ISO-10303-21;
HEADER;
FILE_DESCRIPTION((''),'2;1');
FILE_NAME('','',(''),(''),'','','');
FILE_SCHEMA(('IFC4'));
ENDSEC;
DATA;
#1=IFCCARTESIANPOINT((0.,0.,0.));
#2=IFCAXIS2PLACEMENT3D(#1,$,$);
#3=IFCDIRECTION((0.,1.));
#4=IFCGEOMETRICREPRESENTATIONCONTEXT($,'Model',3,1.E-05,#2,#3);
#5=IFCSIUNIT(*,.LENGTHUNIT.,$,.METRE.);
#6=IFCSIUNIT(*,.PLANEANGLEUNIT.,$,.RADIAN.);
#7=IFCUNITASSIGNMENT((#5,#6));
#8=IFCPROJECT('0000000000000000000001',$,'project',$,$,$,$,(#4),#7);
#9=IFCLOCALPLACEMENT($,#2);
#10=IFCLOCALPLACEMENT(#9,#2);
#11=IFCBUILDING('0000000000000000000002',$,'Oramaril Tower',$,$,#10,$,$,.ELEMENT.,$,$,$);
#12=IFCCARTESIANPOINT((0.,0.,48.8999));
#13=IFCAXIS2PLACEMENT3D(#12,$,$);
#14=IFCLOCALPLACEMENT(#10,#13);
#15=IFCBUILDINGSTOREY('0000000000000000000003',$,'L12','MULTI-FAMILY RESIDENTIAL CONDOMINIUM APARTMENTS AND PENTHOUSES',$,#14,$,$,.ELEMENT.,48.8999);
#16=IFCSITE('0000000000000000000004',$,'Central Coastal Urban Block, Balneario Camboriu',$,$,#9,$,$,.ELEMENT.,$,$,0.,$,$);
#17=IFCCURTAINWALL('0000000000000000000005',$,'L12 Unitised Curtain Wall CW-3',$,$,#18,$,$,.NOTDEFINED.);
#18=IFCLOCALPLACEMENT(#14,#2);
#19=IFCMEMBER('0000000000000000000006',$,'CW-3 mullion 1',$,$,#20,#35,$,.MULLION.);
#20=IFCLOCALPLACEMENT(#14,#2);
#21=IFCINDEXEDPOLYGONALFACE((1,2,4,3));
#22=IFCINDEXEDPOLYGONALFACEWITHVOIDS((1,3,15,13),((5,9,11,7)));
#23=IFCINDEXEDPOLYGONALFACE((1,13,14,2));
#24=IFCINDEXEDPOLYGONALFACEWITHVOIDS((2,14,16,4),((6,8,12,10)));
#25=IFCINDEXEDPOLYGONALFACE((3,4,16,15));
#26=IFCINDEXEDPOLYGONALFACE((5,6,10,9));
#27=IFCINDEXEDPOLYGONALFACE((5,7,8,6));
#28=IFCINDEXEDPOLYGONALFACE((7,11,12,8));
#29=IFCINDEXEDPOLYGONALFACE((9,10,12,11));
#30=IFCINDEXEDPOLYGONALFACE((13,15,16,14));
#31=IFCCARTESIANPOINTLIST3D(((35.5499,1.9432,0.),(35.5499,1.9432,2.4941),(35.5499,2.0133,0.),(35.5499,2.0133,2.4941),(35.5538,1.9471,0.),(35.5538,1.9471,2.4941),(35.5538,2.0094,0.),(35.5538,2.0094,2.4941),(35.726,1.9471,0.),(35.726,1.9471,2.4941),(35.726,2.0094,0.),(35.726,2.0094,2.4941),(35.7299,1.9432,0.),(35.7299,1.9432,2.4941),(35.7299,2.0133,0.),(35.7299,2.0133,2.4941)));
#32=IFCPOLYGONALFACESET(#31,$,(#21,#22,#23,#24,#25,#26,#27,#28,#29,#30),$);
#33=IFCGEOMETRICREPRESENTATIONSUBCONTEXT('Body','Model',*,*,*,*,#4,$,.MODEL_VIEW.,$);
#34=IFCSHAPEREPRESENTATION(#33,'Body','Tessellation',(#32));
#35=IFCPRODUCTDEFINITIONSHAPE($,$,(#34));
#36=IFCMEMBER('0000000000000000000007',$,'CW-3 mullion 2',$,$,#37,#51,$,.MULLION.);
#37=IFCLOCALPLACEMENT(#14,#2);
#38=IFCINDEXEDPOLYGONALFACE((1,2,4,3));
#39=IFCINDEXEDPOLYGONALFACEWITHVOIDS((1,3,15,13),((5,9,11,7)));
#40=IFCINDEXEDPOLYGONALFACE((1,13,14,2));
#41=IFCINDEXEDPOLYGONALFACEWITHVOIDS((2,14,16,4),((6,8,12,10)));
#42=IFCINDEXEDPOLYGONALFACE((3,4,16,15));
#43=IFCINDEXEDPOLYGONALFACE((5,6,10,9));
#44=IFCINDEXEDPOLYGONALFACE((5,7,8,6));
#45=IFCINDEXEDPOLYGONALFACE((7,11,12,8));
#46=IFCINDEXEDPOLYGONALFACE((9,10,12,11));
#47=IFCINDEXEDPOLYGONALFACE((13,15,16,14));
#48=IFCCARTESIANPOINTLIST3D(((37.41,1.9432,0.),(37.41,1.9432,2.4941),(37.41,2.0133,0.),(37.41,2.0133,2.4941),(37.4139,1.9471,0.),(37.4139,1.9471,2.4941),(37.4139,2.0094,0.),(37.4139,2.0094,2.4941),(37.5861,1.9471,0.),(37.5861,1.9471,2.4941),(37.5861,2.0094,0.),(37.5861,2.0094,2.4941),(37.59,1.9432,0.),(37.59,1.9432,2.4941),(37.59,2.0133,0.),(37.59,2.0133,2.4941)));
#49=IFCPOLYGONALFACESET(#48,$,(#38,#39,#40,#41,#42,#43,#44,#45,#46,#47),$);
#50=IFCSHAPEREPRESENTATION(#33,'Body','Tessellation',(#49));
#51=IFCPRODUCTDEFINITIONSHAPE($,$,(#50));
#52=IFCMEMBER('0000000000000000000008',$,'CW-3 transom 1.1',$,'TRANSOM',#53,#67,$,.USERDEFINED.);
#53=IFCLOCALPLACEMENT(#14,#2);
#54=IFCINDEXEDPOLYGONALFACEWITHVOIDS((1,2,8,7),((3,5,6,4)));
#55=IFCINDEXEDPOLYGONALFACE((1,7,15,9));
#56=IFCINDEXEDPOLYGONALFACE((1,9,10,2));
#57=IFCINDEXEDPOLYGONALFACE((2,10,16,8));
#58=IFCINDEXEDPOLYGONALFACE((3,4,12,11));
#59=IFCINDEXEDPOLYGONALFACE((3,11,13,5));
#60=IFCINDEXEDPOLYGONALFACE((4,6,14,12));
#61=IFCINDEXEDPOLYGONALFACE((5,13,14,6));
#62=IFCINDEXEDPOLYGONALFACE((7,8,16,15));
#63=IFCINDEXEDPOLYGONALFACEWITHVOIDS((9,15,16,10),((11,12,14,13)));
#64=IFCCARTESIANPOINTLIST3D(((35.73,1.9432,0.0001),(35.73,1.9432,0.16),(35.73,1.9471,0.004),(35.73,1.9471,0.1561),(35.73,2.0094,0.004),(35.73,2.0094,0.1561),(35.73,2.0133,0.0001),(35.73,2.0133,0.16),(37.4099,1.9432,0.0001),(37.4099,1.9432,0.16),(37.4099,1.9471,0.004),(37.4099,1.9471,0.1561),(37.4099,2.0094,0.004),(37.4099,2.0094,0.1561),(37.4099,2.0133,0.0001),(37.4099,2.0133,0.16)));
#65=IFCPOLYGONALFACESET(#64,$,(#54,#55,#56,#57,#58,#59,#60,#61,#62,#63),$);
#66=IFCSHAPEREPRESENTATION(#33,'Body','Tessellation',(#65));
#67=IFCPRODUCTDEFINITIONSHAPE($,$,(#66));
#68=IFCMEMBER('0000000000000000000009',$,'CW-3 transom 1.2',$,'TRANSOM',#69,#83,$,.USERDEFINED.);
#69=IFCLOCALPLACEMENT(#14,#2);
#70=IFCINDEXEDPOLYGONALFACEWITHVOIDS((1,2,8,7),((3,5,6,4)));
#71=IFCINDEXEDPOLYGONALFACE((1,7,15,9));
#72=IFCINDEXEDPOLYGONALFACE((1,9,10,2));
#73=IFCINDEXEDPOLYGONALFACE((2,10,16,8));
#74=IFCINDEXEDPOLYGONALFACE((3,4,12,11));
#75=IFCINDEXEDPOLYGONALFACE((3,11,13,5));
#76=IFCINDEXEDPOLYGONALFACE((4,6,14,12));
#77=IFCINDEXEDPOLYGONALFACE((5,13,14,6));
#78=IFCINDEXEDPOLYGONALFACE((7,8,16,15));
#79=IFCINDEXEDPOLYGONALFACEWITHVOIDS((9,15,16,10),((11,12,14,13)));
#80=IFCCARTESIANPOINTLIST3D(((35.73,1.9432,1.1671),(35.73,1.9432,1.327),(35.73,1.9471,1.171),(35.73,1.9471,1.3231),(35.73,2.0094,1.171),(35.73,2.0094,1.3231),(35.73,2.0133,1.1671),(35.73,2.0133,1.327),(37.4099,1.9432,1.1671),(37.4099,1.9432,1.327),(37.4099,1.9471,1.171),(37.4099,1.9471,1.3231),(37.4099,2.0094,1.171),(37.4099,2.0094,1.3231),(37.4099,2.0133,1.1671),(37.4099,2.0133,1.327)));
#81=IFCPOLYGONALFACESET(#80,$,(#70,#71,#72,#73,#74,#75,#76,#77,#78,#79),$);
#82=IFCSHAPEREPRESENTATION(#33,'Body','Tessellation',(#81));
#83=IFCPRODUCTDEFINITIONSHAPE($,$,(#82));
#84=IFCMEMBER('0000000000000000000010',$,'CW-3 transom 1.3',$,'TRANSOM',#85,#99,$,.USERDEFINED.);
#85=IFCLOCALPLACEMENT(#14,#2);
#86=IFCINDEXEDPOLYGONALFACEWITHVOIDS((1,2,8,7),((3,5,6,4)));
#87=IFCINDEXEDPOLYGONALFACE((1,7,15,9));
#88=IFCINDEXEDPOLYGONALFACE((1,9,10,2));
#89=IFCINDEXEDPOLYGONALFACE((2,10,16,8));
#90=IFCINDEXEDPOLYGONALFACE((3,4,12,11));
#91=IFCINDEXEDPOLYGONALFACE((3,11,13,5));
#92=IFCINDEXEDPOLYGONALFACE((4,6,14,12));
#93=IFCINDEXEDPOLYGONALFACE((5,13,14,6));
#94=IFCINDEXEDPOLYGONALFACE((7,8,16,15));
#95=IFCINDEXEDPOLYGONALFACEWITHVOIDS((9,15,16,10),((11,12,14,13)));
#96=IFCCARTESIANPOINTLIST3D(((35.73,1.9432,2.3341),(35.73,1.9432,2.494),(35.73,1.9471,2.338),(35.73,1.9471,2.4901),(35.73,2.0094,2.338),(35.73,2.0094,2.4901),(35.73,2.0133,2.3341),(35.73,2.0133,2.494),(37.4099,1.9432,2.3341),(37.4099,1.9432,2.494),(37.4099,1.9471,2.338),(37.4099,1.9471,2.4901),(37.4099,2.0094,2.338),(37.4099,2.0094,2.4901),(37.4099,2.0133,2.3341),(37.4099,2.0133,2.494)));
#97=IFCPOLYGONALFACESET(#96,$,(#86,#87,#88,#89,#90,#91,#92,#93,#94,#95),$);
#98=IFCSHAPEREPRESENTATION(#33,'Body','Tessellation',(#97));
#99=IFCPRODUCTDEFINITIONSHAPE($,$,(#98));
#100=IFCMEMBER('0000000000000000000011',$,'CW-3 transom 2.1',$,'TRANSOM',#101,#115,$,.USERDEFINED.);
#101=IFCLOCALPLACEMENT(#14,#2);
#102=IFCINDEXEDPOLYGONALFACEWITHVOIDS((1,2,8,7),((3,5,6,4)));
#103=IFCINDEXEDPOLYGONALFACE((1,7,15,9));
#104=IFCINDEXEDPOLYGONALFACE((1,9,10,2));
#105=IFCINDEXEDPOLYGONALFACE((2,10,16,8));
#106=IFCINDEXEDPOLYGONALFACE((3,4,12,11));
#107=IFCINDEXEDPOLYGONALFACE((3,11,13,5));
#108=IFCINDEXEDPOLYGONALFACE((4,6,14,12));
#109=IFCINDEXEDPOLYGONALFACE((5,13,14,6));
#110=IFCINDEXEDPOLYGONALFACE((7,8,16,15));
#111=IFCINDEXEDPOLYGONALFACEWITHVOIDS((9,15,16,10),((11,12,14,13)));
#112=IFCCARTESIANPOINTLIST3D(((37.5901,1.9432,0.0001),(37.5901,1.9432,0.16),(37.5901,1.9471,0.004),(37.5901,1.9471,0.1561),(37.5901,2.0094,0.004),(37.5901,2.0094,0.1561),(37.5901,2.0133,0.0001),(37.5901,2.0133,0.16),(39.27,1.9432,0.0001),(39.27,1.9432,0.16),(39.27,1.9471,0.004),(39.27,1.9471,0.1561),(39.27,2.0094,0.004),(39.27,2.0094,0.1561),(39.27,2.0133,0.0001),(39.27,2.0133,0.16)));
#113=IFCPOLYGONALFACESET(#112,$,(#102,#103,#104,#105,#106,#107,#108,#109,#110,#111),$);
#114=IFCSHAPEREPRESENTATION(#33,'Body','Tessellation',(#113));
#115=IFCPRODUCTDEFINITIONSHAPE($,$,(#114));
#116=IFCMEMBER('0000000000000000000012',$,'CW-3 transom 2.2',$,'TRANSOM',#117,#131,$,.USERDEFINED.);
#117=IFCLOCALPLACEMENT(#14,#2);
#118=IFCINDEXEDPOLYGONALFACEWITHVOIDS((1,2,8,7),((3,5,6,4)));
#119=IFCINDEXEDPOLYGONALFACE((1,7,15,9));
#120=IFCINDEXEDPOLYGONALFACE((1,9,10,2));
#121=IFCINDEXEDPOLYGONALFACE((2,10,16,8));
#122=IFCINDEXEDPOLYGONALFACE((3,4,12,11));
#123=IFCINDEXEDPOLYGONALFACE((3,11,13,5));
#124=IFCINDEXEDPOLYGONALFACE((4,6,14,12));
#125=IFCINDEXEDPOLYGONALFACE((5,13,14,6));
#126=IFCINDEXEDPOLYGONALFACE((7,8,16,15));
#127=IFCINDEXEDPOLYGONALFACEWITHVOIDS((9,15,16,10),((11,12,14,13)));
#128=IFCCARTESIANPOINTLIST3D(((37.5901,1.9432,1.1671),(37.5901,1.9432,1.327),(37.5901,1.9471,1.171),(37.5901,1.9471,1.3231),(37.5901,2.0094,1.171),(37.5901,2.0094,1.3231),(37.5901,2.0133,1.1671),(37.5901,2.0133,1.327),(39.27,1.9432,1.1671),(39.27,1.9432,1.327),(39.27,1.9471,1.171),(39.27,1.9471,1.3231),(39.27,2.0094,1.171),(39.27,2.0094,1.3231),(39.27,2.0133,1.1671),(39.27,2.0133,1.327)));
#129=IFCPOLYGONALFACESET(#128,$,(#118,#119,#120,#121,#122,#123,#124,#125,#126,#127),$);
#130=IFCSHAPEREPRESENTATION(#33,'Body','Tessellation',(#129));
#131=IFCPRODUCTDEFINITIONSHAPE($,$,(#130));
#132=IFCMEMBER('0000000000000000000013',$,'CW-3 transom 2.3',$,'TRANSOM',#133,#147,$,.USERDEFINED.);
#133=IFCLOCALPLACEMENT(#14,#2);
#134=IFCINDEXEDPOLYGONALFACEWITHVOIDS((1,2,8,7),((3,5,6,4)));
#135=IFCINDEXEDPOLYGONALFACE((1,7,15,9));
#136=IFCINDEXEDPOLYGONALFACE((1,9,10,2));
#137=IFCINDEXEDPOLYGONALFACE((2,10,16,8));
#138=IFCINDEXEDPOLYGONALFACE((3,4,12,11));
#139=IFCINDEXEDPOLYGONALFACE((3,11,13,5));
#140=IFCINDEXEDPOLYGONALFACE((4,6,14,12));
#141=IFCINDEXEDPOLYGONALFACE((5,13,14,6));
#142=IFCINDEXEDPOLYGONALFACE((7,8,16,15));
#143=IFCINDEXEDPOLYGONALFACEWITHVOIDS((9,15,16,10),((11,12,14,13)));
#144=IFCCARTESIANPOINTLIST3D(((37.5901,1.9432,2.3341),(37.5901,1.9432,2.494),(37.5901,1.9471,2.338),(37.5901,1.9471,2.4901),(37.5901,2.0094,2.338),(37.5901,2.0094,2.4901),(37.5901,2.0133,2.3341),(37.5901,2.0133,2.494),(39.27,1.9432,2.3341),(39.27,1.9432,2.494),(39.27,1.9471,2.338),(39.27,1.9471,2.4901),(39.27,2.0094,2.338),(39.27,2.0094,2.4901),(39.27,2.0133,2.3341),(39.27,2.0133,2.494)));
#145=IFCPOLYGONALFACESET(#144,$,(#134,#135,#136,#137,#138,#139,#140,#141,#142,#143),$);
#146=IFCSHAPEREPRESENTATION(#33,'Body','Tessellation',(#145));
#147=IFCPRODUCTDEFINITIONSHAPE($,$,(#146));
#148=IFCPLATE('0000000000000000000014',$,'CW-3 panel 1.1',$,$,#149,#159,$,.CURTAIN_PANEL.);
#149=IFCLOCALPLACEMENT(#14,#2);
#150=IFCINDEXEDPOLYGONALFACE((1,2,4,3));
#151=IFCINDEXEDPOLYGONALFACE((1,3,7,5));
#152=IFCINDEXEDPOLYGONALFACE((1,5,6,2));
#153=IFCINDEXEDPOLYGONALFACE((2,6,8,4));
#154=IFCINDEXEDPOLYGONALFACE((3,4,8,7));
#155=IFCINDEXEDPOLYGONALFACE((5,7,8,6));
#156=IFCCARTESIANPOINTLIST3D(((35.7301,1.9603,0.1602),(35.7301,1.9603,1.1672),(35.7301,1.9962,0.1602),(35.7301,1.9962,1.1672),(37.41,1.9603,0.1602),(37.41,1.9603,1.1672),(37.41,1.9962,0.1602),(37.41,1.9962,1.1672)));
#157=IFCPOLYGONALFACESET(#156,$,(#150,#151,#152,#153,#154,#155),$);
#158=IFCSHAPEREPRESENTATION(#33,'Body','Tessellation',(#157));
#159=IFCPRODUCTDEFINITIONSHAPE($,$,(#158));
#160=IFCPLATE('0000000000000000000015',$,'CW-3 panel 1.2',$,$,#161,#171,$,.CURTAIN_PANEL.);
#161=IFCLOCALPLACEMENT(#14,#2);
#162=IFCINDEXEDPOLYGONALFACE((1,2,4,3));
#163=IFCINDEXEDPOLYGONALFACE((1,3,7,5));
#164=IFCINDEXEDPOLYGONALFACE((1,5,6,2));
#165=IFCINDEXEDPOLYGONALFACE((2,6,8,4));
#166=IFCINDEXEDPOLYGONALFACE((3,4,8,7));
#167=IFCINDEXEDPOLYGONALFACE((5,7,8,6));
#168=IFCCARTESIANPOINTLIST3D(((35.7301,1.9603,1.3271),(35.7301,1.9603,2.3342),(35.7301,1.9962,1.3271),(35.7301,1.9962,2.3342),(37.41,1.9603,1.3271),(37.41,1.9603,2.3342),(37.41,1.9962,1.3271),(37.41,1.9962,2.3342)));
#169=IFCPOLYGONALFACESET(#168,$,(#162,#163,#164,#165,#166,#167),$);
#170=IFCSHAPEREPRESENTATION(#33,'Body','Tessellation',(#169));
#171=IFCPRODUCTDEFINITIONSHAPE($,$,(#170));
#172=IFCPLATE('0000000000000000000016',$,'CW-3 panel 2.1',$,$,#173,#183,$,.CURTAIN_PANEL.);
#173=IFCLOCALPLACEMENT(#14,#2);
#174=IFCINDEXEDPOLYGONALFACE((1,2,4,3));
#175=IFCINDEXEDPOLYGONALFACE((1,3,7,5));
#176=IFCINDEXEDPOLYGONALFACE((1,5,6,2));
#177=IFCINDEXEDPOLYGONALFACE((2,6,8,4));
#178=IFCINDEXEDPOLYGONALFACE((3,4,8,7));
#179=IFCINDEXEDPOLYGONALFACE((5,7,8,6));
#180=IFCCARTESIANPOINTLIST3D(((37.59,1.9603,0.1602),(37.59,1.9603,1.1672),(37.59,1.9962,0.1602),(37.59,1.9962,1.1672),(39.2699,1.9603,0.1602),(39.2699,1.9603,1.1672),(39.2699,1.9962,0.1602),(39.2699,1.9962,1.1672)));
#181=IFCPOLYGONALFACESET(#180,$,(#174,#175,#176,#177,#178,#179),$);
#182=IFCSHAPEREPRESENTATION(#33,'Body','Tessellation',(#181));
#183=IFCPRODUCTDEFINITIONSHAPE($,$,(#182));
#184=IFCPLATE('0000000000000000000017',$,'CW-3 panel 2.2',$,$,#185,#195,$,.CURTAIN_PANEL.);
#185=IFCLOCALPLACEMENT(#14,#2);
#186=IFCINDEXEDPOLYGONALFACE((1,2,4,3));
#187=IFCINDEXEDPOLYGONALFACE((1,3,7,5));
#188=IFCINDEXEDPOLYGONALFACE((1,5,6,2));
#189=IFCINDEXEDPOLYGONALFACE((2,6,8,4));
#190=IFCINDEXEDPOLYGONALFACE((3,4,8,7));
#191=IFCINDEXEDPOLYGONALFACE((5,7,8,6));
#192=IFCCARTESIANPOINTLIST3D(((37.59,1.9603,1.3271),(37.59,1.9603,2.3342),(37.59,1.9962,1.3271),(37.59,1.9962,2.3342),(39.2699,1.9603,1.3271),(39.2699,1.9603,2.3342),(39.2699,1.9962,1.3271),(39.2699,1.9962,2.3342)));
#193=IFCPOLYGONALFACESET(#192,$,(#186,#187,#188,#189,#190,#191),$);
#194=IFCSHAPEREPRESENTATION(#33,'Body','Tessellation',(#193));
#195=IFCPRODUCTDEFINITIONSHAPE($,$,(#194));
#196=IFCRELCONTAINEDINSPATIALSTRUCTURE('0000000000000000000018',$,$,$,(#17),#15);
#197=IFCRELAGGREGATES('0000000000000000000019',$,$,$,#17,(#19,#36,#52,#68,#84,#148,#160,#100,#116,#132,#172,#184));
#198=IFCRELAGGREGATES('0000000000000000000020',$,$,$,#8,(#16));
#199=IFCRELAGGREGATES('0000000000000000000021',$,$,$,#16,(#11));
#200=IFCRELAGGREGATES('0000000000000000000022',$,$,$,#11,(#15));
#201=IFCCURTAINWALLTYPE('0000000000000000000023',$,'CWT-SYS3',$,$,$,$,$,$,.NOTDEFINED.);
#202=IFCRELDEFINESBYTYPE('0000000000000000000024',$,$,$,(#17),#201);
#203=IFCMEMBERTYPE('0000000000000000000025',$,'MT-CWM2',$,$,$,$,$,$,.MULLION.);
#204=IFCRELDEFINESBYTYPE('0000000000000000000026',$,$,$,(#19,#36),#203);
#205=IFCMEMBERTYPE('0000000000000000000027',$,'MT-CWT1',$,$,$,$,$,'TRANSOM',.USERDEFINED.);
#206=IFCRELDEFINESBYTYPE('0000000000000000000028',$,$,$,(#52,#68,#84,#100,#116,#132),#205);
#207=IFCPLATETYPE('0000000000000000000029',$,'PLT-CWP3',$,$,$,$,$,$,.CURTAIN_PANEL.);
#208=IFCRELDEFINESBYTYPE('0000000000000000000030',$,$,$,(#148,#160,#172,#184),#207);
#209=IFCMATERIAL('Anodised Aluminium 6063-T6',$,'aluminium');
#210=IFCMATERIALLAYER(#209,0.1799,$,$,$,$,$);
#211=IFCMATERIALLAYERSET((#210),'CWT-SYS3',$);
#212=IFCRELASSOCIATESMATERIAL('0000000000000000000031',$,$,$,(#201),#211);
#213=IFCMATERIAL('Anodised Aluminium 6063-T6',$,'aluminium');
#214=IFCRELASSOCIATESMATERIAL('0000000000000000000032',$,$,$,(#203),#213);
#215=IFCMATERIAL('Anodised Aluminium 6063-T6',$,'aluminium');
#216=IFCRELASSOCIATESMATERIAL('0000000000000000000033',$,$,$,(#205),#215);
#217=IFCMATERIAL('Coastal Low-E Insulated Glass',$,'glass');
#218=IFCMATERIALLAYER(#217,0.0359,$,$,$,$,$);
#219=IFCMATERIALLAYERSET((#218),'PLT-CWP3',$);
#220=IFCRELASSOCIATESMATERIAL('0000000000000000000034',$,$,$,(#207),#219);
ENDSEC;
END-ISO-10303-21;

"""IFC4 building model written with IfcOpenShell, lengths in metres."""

from ifc_helpers import new_model, si_unit, direction, frame, origin, origin_2d, place, context, subcontext, project, spatial, rectangle, hollow_rectangle, extrude, material, layer, layer_set, material_profile, profile_set, type_object, element, aggregate, save


model = new_model("IFC4")

# Units and contexts
model_context = context("Model", 3, precision=1e-05, world=origin(), true_north=direction((0.0, 1.0)))
body_context = subcontext(model_context, "Body", "Model", "MODEL_VIEW")
ifc_project = project(units=[si_unit("LENGTHUNIT", "METRE"), si_unit("PLANEANGLEUNIT", "RADIAN")], contexts=[model_context])

# Site, building, storey
site_placement = place(None, origin())
site = spatial("IfcSite", under=ifc_project, at=site_placement, Name="Central Coastal Urban Block, Balneario Camboriu", CompositionType="ELEMENT", RefElevation=0.0)
building_placement = place(site_placement, origin())
building = spatial("IfcBuilding", under=site, at=building_placement, Name="Oramaril Tower", CompositionType="ELEMENT")
storey_placement = place(building_placement, frame((0.0, 0.0, 48.8999)))
storey = spatial("IfcBuildingStorey", under=building, at=storey_placement, Name="L12", Description="MULTI-FAMILY RESIDENTIAL CONDOMINIUM APARTMENTS AND PENTHOUSES", CompositionType="ELEMENT", Elevation=48.8999)

# Curtain wall, members, plates
ifc_material_1 = material(Name="Anodised Aluminium 6063-T6", Category="aluminium")
ifc_layer_1 = layer(ifc_material_1, 0.1799)
ifc_layer_set_1 = layer_set([ifc_layer_1], Name="CWT-SYS3")
curtain_wall_type = type_object("IfcCurtainWallType", Name="CWT-SYS3", PredefinedType="NOTDEFINED", material=ifc_layer_set_1)
curtain_wall_placement = place(storey_placement, origin())
curtain_wall = element("IfcCurtainWall", 1, at=curtain_wall_placement, inside=storey, type_object=curtain_wall_type, Name="L12 Unitised Curtain Wall CW-3", PredefinedType="NOTDEFINED")
ifc_material_2 = material(Name="Anodised Aluminium 6063-T6", Category="aluminium")
ifc_material_profile_1 = material_profile(ifc_material_2, hollow_rectangle(XDim=0.0701, YDim=0.1799, WallThickness=0.0039, at=origin_2d()), Name="CWM180X70")
ifc_profile_set_1 = profile_set([ifc_material_profile_1], Name="Anodised Aluminium 6063-T6")
member_type_1 = type_object("IfcMemberType", Name="MT-CWM2", PredefinedType="MULLION", material=ifc_profile_set_1)
member_1_placement = place(storey_placement, frame((35.6399, 1.9783, 0.0), z_axis=(0.0, 0.0, 1.0), x_axis=(0.0, 1.0, 0.0)))
member_1 = element("IfcMember", 2, at=member_1_placement, type_object=member_type_1, Name="CW-3 mullion 1", PredefinedType="MULLION", context=body_context, shape_type="SweptSolid", body=[
    extrude(hollow_rectangle(XDim=0.0701, YDim=0.1799, WallThickness=0.0039, at=origin_2d()), origin(), (0.0, 0.0, 1.0), 2.4941),
])
member_2_placement = place(storey_placement, frame((37.5, 1.9783, 0.0), z_axis=(0.0, 0.0, 1.0), x_axis=(0.0, 1.0, 0.0)))
member_2 = element("IfcMember", 3, at=member_2_placement, type_object=member_type_1, Name="CW-3 mullion 2", PredefinedType="MULLION", context=body_context, shape_type="SweptSolid", body=[
    extrude(hollow_rectangle(XDim=0.0701, YDim=0.1799, WallThickness=0.0039, at=origin_2d()), origin(), (0.0, 0.0, 1.0), 2.4941),
])
ifc_material_3 = material(Name="Anodised Aluminium 6063-T6", Category="aluminium")
ifc_material_profile_2 = material_profile(ifc_material_3, hollow_rectangle(XDim=0.0701, YDim=0.1599, WallThickness=0.0039, at=origin_2d()), Name="CWT160X70")
ifc_profile_set_2 = profile_set([ifc_material_profile_2], Name="Anodised Aluminium 6063-T6")
member_type_2 = type_object("IfcMemberType", Name="MT-CWT1", ElementType="TRANSOM", PredefinedType="USERDEFINED", material=ifc_profile_set_2)
member_3_placement = place(storey_placement, frame((35.73, 1.9783, 0.0801), z_axis=(1.0, 0.0, 0.0), x_axis=(0.0, 1.0, 0.0)))
member_3 = element("IfcMember", 4, at=member_3_placement, type_object=member_type_2, Name="CW-3 transom 1.1", ObjectType="TRANSOM", PredefinedType="USERDEFINED", context=body_context, shape_type="SweptSolid", body=[
    extrude(hollow_rectangle(XDim=0.0701, YDim=0.1599, WallThickness=0.0039, at=origin_2d()), origin(), (0.0, 0.0, 1.0), 1.6799),
])
member_4_placement = place(storey_placement, frame((35.73, 1.9783, 1.2471), z_axis=(1.0, 0.0, 0.0), x_axis=(0.0, 1.0, 0.0)))
member_4 = element("IfcMember", 5, at=member_4_placement, type_object=member_type_2, Name="CW-3 transom 1.2", ObjectType="TRANSOM", PredefinedType="USERDEFINED", context=body_context, shape_type="SweptSolid", body=[
    extrude(hollow_rectangle(XDim=0.0701, YDim=0.1599, WallThickness=0.0039, at=origin_2d()), origin(), (0.0, 0.0, 1.0), 1.6799),
])
member_5_placement = place(storey_placement, frame((35.73, 1.9783, 2.4141), z_axis=(1.0, 0.0, 0.0), x_axis=(0.0, 1.0, 0.0)))
member_5 = element("IfcMember", 6, at=member_5_placement, type_object=member_type_2, Name="CW-3 transom 1.3", ObjectType="TRANSOM", PredefinedType="USERDEFINED", context=body_context, shape_type="SweptSolid", body=[
    extrude(hollow_rectangle(XDim=0.0701, YDim=0.1599, WallThickness=0.0039, at=origin_2d()), origin(), (0.0, 0.0, 1.0), 1.6799),
])
member_6_placement = place(storey_placement, frame((37.5901, 1.9783, 0.0801), z_axis=(1.0, 0.0, 0.0), x_axis=(0.0, 1.0, 0.0)))
member_6 = element("IfcMember", 7, at=member_6_placement, type_object=member_type_2, Name="CW-3 transom 2.1", ObjectType="TRANSOM", PredefinedType="USERDEFINED", context=body_context, shape_type="SweptSolid", body=[
    extrude(hollow_rectangle(XDim=0.0701, YDim=0.1599, WallThickness=0.0039, at=origin_2d()), origin(), (0.0, 0.0, 1.0), 1.6799),
])
member_7_placement = place(storey_placement, frame((37.5901, 1.9783, 1.2471), z_axis=(1.0, 0.0, 0.0), x_axis=(0.0, 1.0, 0.0)))
member_7 = element("IfcMember", 8, at=member_7_placement, type_object=member_type_2, Name="CW-3 transom 2.2", ObjectType="TRANSOM", PredefinedType="USERDEFINED", context=body_context, shape_type="SweptSolid", body=[
    extrude(hollow_rectangle(XDim=0.0701, YDim=0.1599, WallThickness=0.0039, at=origin_2d()), origin(), (0.0, 0.0, 1.0), 1.6799),
])
member_8_placement = place(storey_placement, frame((37.5901, 1.9783, 2.4141), z_axis=(1.0, 0.0, 0.0), x_axis=(0.0, 1.0, 0.0)))
member_8 = element("IfcMember", 9, at=member_8_placement, type_object=member_type_2, Name="CW-3 transom 2.3", ObjectType="TRANSOM", PredefinedType="USERDEFINED", context=body_context, shape_type="SweptSolid", body=[
    extrude(hollow_rectangle(XDim=0.0701, YDim=0.1599, WallThickness=0.0039, at=origin_2d()), origin(), (0.0, 0.0, 1.0), 1.6799),
])
ifc_material_4 = material(Name="Coastal Low-E Insulated Glass", Category="glass")
ifc_layer_2 = layer(ifc_material_4, 0.0359)
ifc_layer_set_2 = layer_set([ifc_layer_2], Name="PLT-CWP3")
plate_type = type_object("IfcPlateType", Name="PLT-CWP3", PredefinedType="CURTAIN_PANEL", material=ifc_layer_set_2)
plate_1_placement = place(storey_placement, frame((36.5701, 1.9783, 0.1602), z_axis=(0.0, 0.0, 1.0), x_axis=(1.0, 0.0, 0.0)))
plate_1 = element("IfcPlate", 10, at=plate_1_placement, type_object=plate_type, Name="CW-3 panel 1.1", PredefinedType="CURTAIN_PANEL", context=body_context, shape_type="SweptSolid", body=[
    extrude(rectangle(XDim=1.6799, YDim=0.0359, at=origin_2d()), origin(), (0.0, 0.0, 1.0), 1.0071),
])
plate_2_placement = place(storey_placement, frame((36.5701, 1.9783, 1.3271), z_axis=(0.0, 0.0, 1.0), x_axis=(1.0, 0.0, 0.0)))
plate_2 = element("IfcPlate", 11, at=plate_2_placement, type_object=plate_type, Name="CW-3 panel 1.2", PredefinedType="CURTAIN_PANEL", context=body_context, shape_type="SweptSolid", body=[
    extrude(rectangle(XDim=1.6799, YDim=0.0359, at=origin_2d()), origin(), (0.0, 0.0, 1.0), 1.0071),
])
plate_3_placement = place(storey_placement, frame((38.4299, 1.9783, 0.1602), z_axis=(0.0, 0.0, 1.0), x_axis=(1.0, 0.0, 0.0)))
plate_3 = element("IfcPlate", 12, at=plate_3_placement, type_object=plate_type, Name="CW-3 panel 2.1", PredefinedType="CURTAIN_PANEL", context=body_context, shape_type="SweptSolid", body=[
    extrude(rectangle(XDim=1.6799, YDim=0.0359, at=origin_2d()), origin(), (0.0, 0.0, 1.0), 1.0071),
])
plate_4_placement = place(storey_placement, frame((38.4299, 1.9783, 1.3271), z_axis=(0.0, 0.0, 1.0), x_axis=(1.0, 0.0, 0.0)))
plate_4 = element("IfcPlate", 13, at=plate_4_placement, type_object=plate_type, Name="CW-3 panel 2.2", PredefinedType="CURTAIN_PANEL", context=body_context, shape_type="SweptSolid", body=[
    extrude(rectangle(XDim=1.6799, YDim=0.0359, at=origin_2d()), origin(), (0.0, 0.0, 1.0), 1.0071),
])
aggregate(curtain_wall, [member_1, member_2, member_3, member_4, member_5, plate_1, plate_2, member_6, member_7, member_8, plate_3, plate_4])

save(model, "model.ifc")
